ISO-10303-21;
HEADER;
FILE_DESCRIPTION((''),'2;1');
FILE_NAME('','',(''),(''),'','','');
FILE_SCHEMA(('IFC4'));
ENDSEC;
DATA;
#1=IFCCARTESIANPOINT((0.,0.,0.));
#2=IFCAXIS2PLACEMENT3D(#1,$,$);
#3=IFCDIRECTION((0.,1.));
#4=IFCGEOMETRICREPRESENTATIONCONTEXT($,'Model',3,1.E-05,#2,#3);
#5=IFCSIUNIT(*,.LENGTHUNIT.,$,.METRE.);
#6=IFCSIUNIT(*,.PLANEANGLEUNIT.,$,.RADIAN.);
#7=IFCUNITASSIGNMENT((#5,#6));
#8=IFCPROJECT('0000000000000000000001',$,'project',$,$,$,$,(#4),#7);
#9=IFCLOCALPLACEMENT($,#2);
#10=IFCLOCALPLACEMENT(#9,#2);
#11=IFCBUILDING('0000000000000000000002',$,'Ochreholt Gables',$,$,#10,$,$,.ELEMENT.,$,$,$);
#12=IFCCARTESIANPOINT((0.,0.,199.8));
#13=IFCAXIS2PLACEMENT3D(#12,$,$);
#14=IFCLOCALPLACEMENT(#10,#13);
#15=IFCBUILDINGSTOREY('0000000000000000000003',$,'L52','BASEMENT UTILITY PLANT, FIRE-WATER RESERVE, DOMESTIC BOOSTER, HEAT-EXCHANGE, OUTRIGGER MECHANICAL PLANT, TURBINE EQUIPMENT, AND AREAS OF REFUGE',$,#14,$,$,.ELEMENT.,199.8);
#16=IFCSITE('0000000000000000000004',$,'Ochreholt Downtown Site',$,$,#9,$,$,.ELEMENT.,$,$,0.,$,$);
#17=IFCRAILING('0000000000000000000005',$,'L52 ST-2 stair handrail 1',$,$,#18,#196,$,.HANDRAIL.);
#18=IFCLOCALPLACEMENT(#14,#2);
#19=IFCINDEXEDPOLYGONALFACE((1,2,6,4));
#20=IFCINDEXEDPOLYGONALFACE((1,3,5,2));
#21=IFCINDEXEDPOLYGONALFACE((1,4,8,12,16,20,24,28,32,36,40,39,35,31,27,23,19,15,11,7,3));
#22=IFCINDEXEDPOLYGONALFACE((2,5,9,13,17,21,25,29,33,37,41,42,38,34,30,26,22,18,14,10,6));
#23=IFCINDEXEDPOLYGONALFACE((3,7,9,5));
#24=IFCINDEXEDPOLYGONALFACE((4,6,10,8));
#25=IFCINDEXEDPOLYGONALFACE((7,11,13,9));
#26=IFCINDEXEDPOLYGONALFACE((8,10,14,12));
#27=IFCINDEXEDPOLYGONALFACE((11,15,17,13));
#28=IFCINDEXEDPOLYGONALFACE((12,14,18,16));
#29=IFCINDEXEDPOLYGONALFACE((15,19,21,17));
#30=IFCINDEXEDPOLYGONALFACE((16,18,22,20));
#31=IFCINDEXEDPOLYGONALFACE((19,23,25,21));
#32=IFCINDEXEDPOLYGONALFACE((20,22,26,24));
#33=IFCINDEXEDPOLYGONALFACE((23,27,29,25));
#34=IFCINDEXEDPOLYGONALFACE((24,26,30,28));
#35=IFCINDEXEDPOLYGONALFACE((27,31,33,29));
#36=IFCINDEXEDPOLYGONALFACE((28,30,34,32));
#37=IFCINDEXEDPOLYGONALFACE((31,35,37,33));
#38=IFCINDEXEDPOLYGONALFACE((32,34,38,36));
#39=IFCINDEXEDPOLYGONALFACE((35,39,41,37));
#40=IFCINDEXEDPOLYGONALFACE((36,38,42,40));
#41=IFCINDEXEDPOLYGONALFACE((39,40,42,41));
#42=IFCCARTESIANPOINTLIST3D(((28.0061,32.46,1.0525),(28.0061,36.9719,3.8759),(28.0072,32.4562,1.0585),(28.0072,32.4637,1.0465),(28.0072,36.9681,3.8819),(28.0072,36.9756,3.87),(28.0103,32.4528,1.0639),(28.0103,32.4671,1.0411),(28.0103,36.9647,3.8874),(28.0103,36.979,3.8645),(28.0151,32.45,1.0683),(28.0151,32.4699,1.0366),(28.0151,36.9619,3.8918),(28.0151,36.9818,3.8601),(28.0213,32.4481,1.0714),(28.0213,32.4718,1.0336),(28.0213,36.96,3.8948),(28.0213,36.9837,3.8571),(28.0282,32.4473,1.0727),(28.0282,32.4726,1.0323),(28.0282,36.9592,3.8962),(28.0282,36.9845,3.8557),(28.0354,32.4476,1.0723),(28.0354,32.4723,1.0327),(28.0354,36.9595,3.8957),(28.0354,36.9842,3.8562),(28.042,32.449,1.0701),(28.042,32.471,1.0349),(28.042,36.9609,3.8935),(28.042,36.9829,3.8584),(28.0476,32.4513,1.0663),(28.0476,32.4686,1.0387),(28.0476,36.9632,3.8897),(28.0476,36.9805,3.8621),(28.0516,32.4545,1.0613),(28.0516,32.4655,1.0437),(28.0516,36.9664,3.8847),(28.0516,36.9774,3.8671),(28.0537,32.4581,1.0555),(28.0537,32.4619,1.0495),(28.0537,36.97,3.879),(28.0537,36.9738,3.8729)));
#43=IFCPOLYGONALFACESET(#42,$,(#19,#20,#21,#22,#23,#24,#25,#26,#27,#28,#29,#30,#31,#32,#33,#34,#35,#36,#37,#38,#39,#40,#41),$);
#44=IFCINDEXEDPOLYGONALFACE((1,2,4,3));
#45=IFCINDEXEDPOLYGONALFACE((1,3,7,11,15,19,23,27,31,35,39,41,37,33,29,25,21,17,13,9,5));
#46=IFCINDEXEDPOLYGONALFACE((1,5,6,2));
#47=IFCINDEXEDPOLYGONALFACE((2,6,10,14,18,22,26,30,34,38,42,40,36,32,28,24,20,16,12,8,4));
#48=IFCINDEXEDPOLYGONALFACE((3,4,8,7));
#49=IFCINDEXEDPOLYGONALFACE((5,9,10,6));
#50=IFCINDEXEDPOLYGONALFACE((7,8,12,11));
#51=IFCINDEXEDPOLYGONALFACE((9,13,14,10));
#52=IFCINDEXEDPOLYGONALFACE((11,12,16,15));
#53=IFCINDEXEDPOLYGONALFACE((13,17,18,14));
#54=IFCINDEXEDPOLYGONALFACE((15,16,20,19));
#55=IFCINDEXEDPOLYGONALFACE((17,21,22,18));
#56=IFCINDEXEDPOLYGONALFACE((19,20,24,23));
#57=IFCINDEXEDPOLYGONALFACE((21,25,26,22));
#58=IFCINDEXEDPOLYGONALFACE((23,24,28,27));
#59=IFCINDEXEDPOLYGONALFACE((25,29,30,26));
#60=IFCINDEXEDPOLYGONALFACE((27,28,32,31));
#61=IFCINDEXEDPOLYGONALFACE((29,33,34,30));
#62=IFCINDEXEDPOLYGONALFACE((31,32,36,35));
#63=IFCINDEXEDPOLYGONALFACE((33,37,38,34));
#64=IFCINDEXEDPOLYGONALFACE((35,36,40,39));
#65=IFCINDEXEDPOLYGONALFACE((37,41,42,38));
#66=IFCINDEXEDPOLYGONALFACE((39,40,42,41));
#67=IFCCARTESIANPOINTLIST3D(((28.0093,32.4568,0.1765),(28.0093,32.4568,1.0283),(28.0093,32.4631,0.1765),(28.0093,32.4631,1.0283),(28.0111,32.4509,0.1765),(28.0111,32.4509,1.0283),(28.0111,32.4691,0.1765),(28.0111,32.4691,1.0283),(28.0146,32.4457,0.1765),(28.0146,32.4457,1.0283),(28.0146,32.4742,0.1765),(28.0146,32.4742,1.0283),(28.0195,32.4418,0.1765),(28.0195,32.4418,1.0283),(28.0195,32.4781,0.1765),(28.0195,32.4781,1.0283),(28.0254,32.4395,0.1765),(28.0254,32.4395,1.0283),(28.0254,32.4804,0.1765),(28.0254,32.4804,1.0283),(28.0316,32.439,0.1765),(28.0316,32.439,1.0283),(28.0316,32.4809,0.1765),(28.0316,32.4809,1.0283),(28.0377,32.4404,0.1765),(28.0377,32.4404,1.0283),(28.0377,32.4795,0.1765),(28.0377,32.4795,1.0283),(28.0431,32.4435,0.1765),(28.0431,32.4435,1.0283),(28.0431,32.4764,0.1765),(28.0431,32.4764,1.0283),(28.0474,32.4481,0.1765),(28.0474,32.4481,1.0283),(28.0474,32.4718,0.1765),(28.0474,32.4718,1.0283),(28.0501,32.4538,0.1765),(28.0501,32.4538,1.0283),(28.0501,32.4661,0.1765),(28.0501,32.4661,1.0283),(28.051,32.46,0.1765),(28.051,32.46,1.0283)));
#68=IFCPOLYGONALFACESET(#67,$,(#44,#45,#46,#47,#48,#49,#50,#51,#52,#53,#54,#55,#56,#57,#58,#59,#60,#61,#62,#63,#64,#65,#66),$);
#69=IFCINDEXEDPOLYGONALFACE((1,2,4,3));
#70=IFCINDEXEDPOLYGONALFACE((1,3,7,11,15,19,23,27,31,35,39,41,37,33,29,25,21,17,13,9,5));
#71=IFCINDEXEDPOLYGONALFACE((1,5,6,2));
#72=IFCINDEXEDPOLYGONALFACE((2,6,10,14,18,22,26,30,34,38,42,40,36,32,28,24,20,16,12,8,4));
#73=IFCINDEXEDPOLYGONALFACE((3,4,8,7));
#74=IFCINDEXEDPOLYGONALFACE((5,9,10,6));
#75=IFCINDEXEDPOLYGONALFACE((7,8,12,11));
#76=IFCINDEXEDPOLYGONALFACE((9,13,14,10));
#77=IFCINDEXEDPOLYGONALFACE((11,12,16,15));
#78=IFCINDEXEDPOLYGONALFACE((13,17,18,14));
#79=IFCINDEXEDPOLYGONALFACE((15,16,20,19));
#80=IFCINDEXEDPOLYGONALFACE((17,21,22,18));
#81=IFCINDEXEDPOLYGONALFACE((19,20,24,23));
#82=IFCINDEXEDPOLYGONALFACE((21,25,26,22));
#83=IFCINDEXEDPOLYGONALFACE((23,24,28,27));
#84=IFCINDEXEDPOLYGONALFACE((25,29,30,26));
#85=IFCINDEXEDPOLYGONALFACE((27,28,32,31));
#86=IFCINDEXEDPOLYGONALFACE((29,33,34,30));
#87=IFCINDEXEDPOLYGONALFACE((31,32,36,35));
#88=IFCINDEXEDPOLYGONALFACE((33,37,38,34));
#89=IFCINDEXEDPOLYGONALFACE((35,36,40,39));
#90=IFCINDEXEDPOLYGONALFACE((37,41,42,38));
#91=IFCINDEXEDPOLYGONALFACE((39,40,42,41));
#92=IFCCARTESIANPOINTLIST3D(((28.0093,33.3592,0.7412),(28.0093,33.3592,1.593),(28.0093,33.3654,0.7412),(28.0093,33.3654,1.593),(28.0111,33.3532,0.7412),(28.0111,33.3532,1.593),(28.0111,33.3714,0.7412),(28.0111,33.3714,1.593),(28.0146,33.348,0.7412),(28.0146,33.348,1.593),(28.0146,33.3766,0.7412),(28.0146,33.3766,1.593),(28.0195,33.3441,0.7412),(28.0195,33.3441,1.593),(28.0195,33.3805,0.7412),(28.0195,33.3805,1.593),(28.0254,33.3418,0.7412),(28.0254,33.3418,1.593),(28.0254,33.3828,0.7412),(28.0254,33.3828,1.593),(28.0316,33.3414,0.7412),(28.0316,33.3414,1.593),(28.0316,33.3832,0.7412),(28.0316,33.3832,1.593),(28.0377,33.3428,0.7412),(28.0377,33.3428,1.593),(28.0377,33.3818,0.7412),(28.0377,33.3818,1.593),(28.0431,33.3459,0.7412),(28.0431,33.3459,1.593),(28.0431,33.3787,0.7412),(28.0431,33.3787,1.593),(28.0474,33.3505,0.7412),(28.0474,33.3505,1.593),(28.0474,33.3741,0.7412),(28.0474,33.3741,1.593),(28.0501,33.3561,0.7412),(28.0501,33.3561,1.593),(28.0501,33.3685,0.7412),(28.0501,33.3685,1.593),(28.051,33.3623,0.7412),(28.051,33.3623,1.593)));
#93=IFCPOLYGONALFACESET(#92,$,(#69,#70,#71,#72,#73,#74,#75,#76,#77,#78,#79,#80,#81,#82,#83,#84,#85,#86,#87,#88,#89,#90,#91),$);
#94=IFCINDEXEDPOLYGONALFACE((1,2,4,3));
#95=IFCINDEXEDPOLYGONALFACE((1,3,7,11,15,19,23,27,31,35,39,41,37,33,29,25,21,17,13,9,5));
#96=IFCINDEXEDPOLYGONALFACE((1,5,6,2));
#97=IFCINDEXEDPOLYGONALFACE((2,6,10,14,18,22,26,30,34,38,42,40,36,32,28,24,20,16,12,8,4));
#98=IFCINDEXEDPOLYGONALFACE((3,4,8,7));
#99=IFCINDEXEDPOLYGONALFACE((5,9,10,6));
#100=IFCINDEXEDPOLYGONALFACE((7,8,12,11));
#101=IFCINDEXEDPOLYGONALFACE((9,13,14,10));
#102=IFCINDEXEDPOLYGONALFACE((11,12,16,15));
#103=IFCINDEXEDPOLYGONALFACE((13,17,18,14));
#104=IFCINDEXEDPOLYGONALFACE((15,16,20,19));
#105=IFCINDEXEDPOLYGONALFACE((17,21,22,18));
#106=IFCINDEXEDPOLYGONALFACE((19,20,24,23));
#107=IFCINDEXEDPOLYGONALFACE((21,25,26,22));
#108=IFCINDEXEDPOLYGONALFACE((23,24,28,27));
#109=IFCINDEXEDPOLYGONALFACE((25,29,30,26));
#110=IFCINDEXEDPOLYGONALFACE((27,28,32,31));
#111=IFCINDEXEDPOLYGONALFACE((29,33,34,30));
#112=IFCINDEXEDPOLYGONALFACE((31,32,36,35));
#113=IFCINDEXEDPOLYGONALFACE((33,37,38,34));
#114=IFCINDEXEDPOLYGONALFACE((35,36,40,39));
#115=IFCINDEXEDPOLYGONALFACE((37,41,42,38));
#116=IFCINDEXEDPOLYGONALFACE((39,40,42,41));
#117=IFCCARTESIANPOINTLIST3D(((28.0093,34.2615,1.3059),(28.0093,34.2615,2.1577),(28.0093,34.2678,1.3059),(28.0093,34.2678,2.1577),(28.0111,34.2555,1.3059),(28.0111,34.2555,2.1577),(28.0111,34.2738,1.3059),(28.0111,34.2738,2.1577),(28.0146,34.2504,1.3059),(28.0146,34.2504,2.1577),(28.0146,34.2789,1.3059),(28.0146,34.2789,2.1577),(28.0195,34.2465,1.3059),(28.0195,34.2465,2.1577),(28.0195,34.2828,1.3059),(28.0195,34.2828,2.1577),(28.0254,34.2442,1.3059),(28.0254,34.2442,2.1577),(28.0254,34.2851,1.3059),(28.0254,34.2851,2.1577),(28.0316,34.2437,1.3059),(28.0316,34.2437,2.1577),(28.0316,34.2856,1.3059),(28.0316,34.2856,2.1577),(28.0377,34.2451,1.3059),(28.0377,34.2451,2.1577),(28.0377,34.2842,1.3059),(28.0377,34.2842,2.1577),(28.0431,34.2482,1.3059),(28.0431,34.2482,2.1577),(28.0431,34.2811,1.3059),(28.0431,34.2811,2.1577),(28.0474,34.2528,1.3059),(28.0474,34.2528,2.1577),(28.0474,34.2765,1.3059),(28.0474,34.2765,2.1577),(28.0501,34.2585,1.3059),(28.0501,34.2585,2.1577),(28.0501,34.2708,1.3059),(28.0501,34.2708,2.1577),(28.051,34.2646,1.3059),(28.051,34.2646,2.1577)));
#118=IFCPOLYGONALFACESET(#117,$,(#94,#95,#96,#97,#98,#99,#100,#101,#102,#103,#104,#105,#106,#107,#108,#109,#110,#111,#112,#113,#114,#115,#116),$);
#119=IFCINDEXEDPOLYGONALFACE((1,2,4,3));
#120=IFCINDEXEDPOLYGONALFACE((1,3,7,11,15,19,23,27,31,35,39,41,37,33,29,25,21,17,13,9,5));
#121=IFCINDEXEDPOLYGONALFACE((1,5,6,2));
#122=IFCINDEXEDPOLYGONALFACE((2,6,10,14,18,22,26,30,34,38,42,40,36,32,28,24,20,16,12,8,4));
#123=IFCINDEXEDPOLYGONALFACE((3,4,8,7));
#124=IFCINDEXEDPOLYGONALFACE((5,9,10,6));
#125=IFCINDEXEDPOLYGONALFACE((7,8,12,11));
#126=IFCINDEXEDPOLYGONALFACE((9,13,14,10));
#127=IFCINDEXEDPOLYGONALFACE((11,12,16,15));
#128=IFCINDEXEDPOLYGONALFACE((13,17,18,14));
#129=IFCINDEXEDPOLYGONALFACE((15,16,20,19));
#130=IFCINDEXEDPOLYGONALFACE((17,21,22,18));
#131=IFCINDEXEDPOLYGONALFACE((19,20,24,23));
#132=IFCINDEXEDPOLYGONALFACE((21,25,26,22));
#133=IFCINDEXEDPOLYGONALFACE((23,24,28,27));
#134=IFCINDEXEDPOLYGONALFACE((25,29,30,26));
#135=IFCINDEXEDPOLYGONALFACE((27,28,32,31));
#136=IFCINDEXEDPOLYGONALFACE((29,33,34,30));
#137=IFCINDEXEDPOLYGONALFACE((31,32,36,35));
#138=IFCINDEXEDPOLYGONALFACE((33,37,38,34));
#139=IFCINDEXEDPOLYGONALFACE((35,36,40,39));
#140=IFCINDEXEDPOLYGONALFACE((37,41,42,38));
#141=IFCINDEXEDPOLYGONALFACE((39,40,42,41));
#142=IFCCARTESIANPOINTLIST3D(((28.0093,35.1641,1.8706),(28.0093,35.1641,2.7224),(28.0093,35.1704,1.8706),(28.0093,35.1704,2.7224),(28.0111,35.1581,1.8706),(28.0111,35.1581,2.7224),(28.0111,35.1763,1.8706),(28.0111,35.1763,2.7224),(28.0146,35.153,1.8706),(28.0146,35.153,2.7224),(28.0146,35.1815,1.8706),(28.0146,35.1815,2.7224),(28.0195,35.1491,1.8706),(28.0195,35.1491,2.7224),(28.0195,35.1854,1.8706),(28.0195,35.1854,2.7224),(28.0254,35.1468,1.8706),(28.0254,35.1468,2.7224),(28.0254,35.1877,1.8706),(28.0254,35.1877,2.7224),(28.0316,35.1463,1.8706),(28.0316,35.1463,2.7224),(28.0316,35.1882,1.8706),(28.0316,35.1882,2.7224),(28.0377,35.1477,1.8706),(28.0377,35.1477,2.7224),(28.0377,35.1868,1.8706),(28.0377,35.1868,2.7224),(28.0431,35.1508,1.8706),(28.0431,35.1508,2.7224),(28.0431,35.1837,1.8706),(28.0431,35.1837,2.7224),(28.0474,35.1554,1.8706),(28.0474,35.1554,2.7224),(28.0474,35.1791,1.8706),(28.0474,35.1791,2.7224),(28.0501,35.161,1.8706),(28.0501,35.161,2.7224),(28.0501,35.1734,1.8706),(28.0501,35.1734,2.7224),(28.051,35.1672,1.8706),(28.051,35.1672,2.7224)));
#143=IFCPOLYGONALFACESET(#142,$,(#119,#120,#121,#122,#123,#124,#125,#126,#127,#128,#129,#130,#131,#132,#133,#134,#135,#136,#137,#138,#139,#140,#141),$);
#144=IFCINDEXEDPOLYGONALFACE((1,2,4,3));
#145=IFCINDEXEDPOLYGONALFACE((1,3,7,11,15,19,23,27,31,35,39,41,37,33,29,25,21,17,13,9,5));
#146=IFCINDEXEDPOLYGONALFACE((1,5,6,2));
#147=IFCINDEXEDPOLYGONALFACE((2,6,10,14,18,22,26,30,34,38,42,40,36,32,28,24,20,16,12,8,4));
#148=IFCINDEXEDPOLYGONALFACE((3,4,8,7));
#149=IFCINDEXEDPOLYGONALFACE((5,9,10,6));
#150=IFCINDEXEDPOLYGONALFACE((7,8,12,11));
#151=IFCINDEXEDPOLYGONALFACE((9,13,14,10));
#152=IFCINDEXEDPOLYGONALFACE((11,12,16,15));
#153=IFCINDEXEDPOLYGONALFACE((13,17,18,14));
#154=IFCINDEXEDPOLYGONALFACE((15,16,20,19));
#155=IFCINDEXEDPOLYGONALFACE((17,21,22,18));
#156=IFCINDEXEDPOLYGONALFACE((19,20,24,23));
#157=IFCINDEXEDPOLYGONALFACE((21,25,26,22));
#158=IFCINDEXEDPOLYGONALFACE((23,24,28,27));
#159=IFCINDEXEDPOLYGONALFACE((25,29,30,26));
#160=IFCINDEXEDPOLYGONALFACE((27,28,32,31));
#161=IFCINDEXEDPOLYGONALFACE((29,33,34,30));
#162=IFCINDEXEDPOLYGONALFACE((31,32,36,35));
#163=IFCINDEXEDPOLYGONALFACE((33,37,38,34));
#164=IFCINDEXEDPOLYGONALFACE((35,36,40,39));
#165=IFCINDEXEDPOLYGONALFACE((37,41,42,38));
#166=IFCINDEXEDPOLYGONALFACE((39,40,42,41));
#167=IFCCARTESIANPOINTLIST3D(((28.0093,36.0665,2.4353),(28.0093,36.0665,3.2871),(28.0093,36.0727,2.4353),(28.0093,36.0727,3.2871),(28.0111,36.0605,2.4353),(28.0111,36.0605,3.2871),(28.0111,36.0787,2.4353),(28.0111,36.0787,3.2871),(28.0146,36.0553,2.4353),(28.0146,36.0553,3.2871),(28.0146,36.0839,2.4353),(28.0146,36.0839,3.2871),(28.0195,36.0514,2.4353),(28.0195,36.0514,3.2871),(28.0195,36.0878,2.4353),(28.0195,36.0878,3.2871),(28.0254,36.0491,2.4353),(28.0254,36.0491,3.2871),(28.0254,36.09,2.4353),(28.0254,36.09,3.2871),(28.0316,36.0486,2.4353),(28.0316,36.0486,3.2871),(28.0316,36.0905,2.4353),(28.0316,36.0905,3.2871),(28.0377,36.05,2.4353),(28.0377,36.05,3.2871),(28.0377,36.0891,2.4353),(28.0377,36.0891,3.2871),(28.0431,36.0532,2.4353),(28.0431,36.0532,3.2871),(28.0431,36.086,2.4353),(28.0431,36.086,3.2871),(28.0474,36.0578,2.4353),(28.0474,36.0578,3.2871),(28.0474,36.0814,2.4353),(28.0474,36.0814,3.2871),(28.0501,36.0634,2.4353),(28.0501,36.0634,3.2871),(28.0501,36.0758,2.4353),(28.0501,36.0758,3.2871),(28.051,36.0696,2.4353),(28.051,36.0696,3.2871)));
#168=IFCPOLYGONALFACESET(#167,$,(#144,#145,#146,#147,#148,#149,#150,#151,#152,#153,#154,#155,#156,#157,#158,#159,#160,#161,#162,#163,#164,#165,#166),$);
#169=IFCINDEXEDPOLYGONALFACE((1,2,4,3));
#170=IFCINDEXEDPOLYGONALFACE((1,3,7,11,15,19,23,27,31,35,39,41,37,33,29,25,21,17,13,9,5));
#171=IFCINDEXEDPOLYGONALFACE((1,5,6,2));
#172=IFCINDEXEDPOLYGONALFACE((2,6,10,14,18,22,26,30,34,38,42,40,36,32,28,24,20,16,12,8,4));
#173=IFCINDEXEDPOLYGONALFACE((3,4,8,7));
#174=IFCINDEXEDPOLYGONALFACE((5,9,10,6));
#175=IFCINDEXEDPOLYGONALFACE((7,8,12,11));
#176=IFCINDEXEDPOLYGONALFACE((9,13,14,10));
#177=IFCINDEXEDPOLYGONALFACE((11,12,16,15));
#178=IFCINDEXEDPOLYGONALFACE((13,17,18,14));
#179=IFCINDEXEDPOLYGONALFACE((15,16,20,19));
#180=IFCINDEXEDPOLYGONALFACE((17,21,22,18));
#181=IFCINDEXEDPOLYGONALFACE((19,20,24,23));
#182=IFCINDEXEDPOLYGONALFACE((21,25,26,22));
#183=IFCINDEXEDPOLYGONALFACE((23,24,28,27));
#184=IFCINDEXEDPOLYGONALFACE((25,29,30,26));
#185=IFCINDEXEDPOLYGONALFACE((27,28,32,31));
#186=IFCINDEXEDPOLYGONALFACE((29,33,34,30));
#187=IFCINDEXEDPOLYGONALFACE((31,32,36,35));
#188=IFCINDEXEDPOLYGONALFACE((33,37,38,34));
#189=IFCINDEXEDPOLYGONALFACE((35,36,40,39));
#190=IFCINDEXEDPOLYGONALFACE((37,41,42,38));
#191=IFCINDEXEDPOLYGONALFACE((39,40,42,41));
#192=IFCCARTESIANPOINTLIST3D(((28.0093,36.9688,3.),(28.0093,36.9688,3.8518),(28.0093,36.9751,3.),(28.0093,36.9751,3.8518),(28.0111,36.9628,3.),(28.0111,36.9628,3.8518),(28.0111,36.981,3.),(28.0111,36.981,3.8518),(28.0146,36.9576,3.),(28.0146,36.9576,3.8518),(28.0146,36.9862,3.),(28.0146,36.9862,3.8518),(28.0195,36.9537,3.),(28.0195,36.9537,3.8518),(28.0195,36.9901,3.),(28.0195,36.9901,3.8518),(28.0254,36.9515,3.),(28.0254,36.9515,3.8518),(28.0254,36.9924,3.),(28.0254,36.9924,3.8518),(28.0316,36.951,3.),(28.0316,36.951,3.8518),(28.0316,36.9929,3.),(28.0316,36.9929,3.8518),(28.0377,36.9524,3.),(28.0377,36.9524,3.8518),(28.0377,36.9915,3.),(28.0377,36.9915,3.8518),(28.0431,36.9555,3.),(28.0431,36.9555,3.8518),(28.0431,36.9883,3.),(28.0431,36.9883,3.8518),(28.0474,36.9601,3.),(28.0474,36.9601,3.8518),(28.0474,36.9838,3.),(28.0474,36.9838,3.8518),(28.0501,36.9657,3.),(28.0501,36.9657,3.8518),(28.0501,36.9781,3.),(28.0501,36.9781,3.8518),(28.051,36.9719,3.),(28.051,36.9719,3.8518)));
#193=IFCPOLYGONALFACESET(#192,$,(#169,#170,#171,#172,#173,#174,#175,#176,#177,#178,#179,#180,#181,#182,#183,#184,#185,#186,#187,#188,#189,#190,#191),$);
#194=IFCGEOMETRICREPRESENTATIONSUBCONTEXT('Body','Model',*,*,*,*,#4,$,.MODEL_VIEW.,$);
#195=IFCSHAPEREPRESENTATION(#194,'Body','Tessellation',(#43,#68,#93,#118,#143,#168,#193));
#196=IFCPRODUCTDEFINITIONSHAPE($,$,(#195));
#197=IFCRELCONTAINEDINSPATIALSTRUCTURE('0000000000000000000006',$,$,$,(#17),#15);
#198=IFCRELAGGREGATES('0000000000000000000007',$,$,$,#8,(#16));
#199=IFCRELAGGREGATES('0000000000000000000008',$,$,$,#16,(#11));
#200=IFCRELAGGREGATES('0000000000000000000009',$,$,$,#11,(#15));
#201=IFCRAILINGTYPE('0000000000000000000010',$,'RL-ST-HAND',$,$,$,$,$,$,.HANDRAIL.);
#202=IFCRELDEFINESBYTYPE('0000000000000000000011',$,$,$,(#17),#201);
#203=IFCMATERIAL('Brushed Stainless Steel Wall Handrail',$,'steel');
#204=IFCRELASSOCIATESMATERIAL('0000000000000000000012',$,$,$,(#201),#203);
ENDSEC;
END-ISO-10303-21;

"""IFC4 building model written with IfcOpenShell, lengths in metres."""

from ifc_helpers import new_model, si_unit, direction, frame, origin, origin_2d, place, context, subcontext, project, spatial, circle, extrude, material, type_object, element, save


model = new_model("IFC4")

# Units and contexts
model_context = context("Model", 3, precision=1e-05, world=origin(), true_north=direction((0.0, 1.0)))
body_context = subcontext(model_context, "Body", "Model", "MODEL_VIEW")
ifc_project = project(units=[si_unit("LENGTHUNIT", "METRE"), si_unit("PLANEANGLEUNIT", "RADIAN")], contexts=[model_context])

# Site, building, storey
site_placement = place(None, origin())
site = spatial("IfcSite", under=ifc_project, at=site_placement, Name="Ochreholt Downtown Site", CompositionType="ELEMENT", RefElevation=0.0)
building_placement = place(site_placement, origin())
building = spatial("IfcBuilding", under=site, at=building_placement, Name="Ochreholt Gables", CompositionType="ELEMENT")
storey_placement = place(building_placement, frame((0.0, 0.0, 199.8)))
storey = spatial("IfcBuildingStorey", under=building, at=storey_placement, Name="L52", Description="BASEMENT UTILITY PLANT, FIRE-WATER RESERVE, DOMESTIC BOOSTER, HEAT-EXCHANGE, OUTRIGGER MECHANICAL PLANT, TURBINE EQUIPMENT, AND AREAS OF REFUGE", CompositionType="ELEMENT", Elevation=199.8)

# Railing
ifc_material_1 = material(Name="Brushed Stainless Steel Wall Handrail", Category="steel")
railing_type_1 = type_object("IfcRailingType", Name="RL-ST-HAND", PredefinedType="HANDRAIL", material=ifc_material_1)
railing_1_placement = place(storey_placement, frame((28.03, 32.46, 0.1765)))
element("IfcRailing", 1, at=railing_1_placement, inside=storey, type_object=railing_type_1, Name="L52 ST-2 stair handrail 1", PredefinedType="HANDRAIL", context=body_context, shape_type="SweptSolid", body=[
    extrude(circle(Radius=0.0239, at=origin_2d()), frame((0.0, 0.0, 0.876), z_axis=(0.0, 0.847702, 0.530473), x_axis=(-1.0, 0.0, 0.0)), (0.0, 0.0, 1.0), 5.3225),
    extrude(circle(Radius=0.021, at=origin_2d()), origin(), (0.0, 0.0, 1.0), 0.8518),
    extrude(circle(Radius=0.021, at=origin_2d()), frame((0.0, 0.9023, 0.5647)), (0.0, 0.0, 1.0), 0.8518),
    extrude(circle(Radius=0.021, at=origin_2d()), frame((0.0, 1.8047, 1.1294)), (0.0, 0.0, 1.0), 0.8518),
    extrude(circle(Radius=0.021, at=origin_2d()), frame((0.0, 2.7073, 1.6941)), (0.0, 0.0, 1.0), 0.8518),
    extrude(circle(Radius=0.021, at=origin_2d()), frame((0.0, 3.6096, 2.2588)), (0.0, 0.0, 1.0), 0.8518),
    extrude(circle(Radius=0.021, at=origin_2d()), frame((0.0, 4.512, 2.8235)), (0.0, 0.0, 1.0), 0.8518),
])

save(model, "model.ifc")
